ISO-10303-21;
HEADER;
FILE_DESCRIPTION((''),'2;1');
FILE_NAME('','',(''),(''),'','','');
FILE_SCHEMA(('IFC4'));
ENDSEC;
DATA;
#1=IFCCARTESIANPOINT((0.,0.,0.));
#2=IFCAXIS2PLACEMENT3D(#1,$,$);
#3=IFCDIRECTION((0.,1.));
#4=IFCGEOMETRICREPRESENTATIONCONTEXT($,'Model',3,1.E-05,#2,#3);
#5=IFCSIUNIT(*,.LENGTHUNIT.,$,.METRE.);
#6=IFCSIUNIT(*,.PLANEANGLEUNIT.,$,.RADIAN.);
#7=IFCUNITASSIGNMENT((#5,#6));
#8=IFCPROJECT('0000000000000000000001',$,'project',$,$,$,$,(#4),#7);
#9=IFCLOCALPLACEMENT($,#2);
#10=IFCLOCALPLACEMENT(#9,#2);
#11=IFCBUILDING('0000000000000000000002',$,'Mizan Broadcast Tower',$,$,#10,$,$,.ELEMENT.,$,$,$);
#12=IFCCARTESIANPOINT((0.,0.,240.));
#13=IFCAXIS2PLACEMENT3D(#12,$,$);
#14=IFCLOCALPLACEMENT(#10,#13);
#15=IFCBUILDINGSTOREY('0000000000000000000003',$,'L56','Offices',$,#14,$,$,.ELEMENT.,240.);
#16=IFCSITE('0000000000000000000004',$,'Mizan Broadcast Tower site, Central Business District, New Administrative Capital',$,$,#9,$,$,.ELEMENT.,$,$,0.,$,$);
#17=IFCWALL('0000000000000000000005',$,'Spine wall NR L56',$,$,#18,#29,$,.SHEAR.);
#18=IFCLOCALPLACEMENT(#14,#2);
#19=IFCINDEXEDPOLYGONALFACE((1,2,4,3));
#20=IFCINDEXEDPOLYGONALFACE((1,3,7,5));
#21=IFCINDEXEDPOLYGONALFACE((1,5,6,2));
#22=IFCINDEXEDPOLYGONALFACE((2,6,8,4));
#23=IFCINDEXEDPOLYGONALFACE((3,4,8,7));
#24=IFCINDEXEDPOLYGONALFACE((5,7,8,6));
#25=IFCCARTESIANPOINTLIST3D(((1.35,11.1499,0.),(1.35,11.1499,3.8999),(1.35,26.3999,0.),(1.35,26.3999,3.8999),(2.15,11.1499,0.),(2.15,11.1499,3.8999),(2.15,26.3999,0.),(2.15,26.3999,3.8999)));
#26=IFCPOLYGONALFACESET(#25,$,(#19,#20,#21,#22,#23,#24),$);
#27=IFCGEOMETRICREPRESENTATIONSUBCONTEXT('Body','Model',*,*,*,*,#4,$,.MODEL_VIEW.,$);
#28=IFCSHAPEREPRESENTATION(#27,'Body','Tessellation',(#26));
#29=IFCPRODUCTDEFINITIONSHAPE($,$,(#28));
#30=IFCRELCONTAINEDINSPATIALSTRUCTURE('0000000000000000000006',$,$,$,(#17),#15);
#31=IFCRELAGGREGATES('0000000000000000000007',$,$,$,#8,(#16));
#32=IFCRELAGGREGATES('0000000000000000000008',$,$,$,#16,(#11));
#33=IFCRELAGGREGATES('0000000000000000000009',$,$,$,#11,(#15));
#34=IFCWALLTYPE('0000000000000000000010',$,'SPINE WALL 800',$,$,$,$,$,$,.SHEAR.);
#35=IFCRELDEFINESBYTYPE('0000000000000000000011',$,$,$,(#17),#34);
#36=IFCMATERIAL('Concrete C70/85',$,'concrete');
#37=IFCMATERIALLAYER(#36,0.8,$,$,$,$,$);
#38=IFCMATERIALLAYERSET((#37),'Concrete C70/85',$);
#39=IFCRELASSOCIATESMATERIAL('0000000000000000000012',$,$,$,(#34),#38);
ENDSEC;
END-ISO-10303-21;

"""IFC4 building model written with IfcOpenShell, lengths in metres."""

from ifc_helpers import new_model, si_unit, direction, frame, frame_2d, origin, place, context, subcontext, project, spatial, rectangle, extrude, material, layer, layer_set, type_object, element, save


model = new_model("IFC4")

# Units and contexts
model_context = context("Model", 3, precision=1e-05, world=origin(), true_north=direction((0.0, 1.0)))
body_context = subcontext(model_context, "Body", "Model", "MODEL_VIEW")
ifc_project = project(units=[si_unit("LENGTHUNIT", "METRE"), si_unit("PLANEANGLEUNIT", "RADIAN")], contexts=[model_context])

# Site, building, storey
site_placement = place(None, origin())
site = spatial("IfcSite", under=ifc_project, at=site_placement, Name="Mizan Broadcast Tower site, Central Business District, New Administrative Capital", CompositionType="ELEMENT", RefElevation=0.0)
building_placement = place(site_placement, origin())
building = spatial("IfcBuilding", under=site, at=building_placement, Name="Mizan Broadcast Tower", CompositionType="ELEMENT")
storey_placement = place(building_placement, frame((0.0, 0.0, 240.0)))
storey = spatial("IfcBuildingStorey", under=building, at=storey_placement, Name="L56", Description="Offices", CompositionType="ELEMENT", Elevation=240.0)

# Wall
ifc_material_1 = material(Name="Concrete C70/85", Category="concrete")
ifc_layer_1 = layer(ifc_material_1, 0.8)
ifc_layer_set_1 = layer_set([ifc_layer_1], Name="Concrete C70/85")
wall_type_1 = type_object("IfcWallType", Name="SPINE WALL 800", PredefinedType="SHEAR", material=ifc_layer_set_1)
wall_1_placement = place(storey_placement, frame((1.75, 11.1499, 0.0), z_axis=(0.0, 0.0, 1.0), x_axis=(0.0, 1.0, 0.0)))
element("IfcWall", 1, at=wall_1_placement, inside=storey, type_object=wall_type_1, Name="Spine wall NR L56", PredefinedType="SHEAR", context=body_context, shape_type="SweptSolid", body=[
    extrude(rectangle(XDim=15.25, YDim=0.8, at=frame_2d((7.625, 0.0))), origin(), (0.0, 0.0, 1.0), 3.8999),
])

save(model, "model.ifc")
